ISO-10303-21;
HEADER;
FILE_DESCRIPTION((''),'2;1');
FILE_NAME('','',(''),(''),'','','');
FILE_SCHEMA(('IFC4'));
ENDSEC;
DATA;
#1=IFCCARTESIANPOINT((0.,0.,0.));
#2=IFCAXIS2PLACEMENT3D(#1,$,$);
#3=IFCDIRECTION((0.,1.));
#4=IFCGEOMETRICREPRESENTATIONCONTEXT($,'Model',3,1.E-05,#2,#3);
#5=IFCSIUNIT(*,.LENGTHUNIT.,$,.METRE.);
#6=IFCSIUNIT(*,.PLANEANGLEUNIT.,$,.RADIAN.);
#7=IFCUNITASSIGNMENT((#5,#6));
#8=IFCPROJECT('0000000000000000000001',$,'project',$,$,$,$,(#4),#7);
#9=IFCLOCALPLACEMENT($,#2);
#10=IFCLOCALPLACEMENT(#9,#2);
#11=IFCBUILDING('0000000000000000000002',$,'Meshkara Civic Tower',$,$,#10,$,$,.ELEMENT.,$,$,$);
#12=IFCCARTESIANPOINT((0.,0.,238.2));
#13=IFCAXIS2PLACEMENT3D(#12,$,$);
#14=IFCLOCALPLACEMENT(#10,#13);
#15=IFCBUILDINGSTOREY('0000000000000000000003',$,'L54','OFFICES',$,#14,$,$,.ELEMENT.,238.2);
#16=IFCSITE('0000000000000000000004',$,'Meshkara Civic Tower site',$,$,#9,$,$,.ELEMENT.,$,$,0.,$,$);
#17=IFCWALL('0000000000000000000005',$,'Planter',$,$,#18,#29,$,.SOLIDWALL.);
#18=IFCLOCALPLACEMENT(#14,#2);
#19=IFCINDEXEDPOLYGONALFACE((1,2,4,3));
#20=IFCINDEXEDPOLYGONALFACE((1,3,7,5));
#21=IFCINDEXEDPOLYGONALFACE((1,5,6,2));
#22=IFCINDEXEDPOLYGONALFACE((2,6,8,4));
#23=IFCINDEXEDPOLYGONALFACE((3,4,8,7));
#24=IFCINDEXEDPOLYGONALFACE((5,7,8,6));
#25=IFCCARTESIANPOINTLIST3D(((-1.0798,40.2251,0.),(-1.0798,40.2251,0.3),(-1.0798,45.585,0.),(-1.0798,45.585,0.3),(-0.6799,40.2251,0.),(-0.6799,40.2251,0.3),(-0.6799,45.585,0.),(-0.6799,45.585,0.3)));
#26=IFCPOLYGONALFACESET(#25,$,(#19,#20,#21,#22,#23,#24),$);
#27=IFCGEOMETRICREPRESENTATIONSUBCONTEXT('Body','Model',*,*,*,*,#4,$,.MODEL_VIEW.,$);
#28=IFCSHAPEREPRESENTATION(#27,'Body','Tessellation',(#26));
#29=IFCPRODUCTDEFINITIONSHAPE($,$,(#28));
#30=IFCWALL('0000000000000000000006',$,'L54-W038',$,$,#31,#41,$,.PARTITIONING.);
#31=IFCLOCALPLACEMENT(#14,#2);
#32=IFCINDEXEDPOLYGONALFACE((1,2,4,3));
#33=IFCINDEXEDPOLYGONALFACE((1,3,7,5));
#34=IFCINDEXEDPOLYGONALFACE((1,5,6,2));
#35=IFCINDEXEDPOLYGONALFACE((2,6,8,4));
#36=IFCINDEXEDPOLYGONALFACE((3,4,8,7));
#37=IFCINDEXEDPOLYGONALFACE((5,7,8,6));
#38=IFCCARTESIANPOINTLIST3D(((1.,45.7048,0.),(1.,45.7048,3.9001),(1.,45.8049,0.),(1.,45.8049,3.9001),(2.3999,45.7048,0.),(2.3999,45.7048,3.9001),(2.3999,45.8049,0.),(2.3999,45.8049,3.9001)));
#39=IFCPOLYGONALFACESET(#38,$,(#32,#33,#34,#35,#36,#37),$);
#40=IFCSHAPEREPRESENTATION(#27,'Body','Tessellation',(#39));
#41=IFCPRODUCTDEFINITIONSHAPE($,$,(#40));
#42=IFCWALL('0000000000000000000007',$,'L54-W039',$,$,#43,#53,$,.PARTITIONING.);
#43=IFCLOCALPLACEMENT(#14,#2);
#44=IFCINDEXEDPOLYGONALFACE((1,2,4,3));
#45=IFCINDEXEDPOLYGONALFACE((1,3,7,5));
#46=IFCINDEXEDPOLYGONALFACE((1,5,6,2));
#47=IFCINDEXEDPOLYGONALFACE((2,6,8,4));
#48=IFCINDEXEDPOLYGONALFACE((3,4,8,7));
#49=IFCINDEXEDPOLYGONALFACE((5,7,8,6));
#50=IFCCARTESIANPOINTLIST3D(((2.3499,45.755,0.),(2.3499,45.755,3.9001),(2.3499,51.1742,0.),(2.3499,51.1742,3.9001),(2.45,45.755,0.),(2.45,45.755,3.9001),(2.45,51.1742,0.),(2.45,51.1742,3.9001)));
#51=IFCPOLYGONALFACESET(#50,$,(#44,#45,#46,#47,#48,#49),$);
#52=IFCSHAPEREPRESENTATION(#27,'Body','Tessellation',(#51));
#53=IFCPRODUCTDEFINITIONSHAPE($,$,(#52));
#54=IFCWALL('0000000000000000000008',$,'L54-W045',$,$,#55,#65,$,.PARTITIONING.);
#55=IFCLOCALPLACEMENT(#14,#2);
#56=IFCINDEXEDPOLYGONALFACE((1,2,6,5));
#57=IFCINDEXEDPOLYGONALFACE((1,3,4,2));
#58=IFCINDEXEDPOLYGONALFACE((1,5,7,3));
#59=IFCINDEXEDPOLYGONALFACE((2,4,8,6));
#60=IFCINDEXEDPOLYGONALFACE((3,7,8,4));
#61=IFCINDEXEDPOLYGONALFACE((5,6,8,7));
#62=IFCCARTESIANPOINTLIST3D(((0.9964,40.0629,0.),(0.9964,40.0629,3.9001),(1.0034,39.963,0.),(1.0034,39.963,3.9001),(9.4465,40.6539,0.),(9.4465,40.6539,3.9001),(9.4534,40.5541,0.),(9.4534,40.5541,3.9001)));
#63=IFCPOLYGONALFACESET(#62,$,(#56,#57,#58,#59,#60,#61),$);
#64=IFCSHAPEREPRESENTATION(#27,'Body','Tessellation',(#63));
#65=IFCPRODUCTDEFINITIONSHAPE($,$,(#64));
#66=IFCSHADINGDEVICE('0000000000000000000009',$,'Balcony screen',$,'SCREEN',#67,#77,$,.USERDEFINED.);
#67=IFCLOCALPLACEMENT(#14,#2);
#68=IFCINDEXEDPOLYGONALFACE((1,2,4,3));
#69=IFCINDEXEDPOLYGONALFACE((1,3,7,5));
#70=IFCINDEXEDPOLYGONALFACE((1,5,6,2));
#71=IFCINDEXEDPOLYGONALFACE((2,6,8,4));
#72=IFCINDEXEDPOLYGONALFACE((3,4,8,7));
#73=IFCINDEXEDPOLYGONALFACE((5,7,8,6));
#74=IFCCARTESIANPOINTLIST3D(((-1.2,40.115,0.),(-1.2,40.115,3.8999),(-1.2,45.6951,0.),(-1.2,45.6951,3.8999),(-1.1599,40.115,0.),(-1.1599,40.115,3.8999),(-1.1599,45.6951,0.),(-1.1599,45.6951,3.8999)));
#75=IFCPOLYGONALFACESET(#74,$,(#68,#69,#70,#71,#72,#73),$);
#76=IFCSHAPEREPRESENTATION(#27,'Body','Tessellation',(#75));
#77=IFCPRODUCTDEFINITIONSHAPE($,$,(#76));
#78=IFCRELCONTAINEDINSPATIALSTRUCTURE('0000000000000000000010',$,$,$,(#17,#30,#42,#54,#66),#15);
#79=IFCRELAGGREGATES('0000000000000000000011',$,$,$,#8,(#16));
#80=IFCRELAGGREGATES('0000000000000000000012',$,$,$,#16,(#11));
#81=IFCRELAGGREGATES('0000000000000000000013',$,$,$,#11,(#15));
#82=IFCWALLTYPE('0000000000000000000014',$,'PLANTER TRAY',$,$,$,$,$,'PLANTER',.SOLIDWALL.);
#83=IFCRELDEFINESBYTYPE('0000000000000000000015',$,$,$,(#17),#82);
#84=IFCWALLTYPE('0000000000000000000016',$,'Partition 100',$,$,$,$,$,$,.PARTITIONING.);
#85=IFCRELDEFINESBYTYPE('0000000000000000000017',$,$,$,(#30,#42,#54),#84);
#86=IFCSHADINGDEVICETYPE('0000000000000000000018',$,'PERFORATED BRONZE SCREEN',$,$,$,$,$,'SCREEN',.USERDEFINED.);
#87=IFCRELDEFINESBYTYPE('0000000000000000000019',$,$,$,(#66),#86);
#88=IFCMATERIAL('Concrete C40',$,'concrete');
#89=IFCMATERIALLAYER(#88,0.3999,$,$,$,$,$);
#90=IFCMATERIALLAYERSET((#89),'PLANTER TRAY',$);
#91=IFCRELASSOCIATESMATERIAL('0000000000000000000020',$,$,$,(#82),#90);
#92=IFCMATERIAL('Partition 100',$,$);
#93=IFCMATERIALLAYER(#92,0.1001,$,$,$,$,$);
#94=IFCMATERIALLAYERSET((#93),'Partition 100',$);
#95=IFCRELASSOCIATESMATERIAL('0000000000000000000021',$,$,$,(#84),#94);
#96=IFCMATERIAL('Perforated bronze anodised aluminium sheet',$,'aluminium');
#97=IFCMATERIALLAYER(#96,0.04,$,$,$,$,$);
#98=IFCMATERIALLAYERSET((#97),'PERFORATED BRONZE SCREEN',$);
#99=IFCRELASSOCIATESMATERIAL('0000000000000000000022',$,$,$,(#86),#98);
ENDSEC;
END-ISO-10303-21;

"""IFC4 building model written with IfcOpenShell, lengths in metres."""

from ifc_helpers import new_model, si_unit, direction, frame, frame_2d, origin, origin_2d, place, context, subcontext, project, spatial, rectangle, extrude, material, layer, layer_set, type_object, element, save


model = new_model("IFC4")

# Units and contexts
model_context = context("Model", 3, precision=1e-05, world=origin(), true_north=direction((0.0, 1.0)))
body_context = subcontext(model_context, "Body", "Model", "MODEL_VIEW")
ifc_project = project(units=[si_unit("LENGTHUNIT", "METRE"), si_unit("PLANEANGLEUNIT", "RADIAN")], contexts=[model_context])

# Site, building, storey
site_placement = place(None, origin())
site = spatial("IfcSite", under=ifc_project, at=site_placement, Name="Meshkara Civic Tower site", CompositionType="ELEMENT", RefElevation=0.0)
building_placement = place(site_placement, origin())
building = spatial("IfcBuilding", under=site, at=building_placement, Name="Meshkara Civic Tower", CompositionType="ELEMENT")
storey_placement = place(building_placement, frame((0.0, 0.0, 238.2)))
storey = spatial("IfcBuildingStorey", under=building, at=storey_placement, Name="L54", Description="OFFICES", CompositionType="ELEMENT", Elevation=238.2)

# Walls
ifc_material_1 = material(Name="Concrete C40", Category="concrete")
ifc_layer_1 = layer(ifc_material_1, 0.3999)
ifc_layer_set_1 = layer_set([ifc_layer_1], Name="PLANTER TRAY")
wall_type_1 = type_object("IfcWallType", Name="PLANTER TRAY", ElementType="PLANTER", PredefinedType="SOLIDWALL", material=ifc_layer_set_1)
wall_1_placement = place(storey_placement, frame((-0.8799, 45.585, 0.0), z_axis=(0.0, 0.0, 1.0), x_axis=(0.0, -1.0, 0.0)))
element("IfcWall", 1, at=wall_1_placement, inside=storey, type_object=wall_type_1, Name="Planter", PredefinedType="SOLIDWALL", context=body_context, shape_type="SweptSolid", body=[
    extrude(rectangle(XDim=5.3599, YDim=0.3999, at=frame_2d((2.6799, 0.0))), origin(), (0.0, 0.0, 1.0), 0.3),
])
ifc_material_2 = material(Name="Partition 100")
ifc_layer_2 = layer(ifc_material_2, 0.1001)
ifc_layer_set_2 = layer_set([ifc_layer_2], Name="Partition 100")
wall_type_2 = type_object("IfcWallType", Name="Partition 100", PredefinedType="PARTITIONING", material=ifc_layer_set_2)
wall_2_placement = place(storey_placement, frame((2.3999, 45.7549, 0.0), z_axis=(0.0, 0.0, 1.0), x_axis=(-1.0, 0.0, 0.0)))
element("IfcWall", 2, at=wall_2_placement, inside=storey, type_object=wall_type_2, Name="L54-W038", PredefinedType="PARTITIONING", context=body_context, shape_type="SweptSolid", body=[
    extrude(rectangle(XDim=1.3999, YDim=0.1001, at=frame_2d((0.7, 0.0))), origin(), (0.0, 0.0, 1.0), 3.9001),
])
wall_3_placement = place(storey_placement, frame((2.3999, 51.1741, 0.0), z_axis=(0.0, 0.0, 1.0), x_axis=(0.0, -1.0, 0.0)))
element("IfcWall", 3, at=wall_3_placement, inside=storey, type_object=wall_type_2, Name="L54-W039", PredefinedType="PARTITIONING", context=body_context, shape_type="SweptSolid", body=[
    extrude(rectangle(XDim=5.4192, YDim=0.1001, at=frame_2d((2.7095, 0.0))), origin(), (0.0, 0.0, 1.0), 3.9001),
])
wall_4_placement = place(storey_placement, frame((9.45, 40.604, 0.0), z_axis=(0.0, 0.0, 1.0), x_axis=(-0.997563, -0.069778, 0.0)))
element("IfcWall", 4, at=wall_4_placement, inside=storey, type_object=wall_type_2, Name="L54-W045", PredefinedType="PARTITIONING", context=body_context, shape_type="SweptSolid", body=[
    extrude(rectangle(XDim=8.4707, YDim=0.1001, at=frame_2d((4.2354, 0.0))), origin(), (0.0, 0.0, 1.0), 3.9001),
])

# Shading device
ifc_material_3 = material(Name="Perforated bronze anodised aluminium sheet", Category="aluminium")
ifc_layer_3 = layer(ifc_material_3, 0.04)
ifc_layer_set_3 = layer_set([ifc_layer_3], Name="PERFORATED BRONZE SCREEN")
shading_device_type = type_object("IfcShadingDeviceType", Name="PERFORATED BRONZE SCREEN", ElementType="SCREEN", PredefinedType="USERDEFINED", material=ifc_layer_set_3)
shading_device_placement = place(storey_placement, frame((-1.1799, 42.905, 0.0), z_axis=(0.0, 0.0, 1.0), x_axis=(0.0, -1.0, 0.0)))
element("IfcShadingDevice", 5, at=shading_device_placement, inside=storey, type_object=shading_device_type, Name="Balcony screen", ObjectType="SCREEN", PredefinedType="USERDEFINED", context=body_context, shape_type="SweptSolid", body=[
    extrude(rectangle(XDim=5.5801, YDim=0.04, at=origin_2d()), origin(), (0.0, 0.0, 1.0), 3.8999),
])

save(model, "model.ifc")
